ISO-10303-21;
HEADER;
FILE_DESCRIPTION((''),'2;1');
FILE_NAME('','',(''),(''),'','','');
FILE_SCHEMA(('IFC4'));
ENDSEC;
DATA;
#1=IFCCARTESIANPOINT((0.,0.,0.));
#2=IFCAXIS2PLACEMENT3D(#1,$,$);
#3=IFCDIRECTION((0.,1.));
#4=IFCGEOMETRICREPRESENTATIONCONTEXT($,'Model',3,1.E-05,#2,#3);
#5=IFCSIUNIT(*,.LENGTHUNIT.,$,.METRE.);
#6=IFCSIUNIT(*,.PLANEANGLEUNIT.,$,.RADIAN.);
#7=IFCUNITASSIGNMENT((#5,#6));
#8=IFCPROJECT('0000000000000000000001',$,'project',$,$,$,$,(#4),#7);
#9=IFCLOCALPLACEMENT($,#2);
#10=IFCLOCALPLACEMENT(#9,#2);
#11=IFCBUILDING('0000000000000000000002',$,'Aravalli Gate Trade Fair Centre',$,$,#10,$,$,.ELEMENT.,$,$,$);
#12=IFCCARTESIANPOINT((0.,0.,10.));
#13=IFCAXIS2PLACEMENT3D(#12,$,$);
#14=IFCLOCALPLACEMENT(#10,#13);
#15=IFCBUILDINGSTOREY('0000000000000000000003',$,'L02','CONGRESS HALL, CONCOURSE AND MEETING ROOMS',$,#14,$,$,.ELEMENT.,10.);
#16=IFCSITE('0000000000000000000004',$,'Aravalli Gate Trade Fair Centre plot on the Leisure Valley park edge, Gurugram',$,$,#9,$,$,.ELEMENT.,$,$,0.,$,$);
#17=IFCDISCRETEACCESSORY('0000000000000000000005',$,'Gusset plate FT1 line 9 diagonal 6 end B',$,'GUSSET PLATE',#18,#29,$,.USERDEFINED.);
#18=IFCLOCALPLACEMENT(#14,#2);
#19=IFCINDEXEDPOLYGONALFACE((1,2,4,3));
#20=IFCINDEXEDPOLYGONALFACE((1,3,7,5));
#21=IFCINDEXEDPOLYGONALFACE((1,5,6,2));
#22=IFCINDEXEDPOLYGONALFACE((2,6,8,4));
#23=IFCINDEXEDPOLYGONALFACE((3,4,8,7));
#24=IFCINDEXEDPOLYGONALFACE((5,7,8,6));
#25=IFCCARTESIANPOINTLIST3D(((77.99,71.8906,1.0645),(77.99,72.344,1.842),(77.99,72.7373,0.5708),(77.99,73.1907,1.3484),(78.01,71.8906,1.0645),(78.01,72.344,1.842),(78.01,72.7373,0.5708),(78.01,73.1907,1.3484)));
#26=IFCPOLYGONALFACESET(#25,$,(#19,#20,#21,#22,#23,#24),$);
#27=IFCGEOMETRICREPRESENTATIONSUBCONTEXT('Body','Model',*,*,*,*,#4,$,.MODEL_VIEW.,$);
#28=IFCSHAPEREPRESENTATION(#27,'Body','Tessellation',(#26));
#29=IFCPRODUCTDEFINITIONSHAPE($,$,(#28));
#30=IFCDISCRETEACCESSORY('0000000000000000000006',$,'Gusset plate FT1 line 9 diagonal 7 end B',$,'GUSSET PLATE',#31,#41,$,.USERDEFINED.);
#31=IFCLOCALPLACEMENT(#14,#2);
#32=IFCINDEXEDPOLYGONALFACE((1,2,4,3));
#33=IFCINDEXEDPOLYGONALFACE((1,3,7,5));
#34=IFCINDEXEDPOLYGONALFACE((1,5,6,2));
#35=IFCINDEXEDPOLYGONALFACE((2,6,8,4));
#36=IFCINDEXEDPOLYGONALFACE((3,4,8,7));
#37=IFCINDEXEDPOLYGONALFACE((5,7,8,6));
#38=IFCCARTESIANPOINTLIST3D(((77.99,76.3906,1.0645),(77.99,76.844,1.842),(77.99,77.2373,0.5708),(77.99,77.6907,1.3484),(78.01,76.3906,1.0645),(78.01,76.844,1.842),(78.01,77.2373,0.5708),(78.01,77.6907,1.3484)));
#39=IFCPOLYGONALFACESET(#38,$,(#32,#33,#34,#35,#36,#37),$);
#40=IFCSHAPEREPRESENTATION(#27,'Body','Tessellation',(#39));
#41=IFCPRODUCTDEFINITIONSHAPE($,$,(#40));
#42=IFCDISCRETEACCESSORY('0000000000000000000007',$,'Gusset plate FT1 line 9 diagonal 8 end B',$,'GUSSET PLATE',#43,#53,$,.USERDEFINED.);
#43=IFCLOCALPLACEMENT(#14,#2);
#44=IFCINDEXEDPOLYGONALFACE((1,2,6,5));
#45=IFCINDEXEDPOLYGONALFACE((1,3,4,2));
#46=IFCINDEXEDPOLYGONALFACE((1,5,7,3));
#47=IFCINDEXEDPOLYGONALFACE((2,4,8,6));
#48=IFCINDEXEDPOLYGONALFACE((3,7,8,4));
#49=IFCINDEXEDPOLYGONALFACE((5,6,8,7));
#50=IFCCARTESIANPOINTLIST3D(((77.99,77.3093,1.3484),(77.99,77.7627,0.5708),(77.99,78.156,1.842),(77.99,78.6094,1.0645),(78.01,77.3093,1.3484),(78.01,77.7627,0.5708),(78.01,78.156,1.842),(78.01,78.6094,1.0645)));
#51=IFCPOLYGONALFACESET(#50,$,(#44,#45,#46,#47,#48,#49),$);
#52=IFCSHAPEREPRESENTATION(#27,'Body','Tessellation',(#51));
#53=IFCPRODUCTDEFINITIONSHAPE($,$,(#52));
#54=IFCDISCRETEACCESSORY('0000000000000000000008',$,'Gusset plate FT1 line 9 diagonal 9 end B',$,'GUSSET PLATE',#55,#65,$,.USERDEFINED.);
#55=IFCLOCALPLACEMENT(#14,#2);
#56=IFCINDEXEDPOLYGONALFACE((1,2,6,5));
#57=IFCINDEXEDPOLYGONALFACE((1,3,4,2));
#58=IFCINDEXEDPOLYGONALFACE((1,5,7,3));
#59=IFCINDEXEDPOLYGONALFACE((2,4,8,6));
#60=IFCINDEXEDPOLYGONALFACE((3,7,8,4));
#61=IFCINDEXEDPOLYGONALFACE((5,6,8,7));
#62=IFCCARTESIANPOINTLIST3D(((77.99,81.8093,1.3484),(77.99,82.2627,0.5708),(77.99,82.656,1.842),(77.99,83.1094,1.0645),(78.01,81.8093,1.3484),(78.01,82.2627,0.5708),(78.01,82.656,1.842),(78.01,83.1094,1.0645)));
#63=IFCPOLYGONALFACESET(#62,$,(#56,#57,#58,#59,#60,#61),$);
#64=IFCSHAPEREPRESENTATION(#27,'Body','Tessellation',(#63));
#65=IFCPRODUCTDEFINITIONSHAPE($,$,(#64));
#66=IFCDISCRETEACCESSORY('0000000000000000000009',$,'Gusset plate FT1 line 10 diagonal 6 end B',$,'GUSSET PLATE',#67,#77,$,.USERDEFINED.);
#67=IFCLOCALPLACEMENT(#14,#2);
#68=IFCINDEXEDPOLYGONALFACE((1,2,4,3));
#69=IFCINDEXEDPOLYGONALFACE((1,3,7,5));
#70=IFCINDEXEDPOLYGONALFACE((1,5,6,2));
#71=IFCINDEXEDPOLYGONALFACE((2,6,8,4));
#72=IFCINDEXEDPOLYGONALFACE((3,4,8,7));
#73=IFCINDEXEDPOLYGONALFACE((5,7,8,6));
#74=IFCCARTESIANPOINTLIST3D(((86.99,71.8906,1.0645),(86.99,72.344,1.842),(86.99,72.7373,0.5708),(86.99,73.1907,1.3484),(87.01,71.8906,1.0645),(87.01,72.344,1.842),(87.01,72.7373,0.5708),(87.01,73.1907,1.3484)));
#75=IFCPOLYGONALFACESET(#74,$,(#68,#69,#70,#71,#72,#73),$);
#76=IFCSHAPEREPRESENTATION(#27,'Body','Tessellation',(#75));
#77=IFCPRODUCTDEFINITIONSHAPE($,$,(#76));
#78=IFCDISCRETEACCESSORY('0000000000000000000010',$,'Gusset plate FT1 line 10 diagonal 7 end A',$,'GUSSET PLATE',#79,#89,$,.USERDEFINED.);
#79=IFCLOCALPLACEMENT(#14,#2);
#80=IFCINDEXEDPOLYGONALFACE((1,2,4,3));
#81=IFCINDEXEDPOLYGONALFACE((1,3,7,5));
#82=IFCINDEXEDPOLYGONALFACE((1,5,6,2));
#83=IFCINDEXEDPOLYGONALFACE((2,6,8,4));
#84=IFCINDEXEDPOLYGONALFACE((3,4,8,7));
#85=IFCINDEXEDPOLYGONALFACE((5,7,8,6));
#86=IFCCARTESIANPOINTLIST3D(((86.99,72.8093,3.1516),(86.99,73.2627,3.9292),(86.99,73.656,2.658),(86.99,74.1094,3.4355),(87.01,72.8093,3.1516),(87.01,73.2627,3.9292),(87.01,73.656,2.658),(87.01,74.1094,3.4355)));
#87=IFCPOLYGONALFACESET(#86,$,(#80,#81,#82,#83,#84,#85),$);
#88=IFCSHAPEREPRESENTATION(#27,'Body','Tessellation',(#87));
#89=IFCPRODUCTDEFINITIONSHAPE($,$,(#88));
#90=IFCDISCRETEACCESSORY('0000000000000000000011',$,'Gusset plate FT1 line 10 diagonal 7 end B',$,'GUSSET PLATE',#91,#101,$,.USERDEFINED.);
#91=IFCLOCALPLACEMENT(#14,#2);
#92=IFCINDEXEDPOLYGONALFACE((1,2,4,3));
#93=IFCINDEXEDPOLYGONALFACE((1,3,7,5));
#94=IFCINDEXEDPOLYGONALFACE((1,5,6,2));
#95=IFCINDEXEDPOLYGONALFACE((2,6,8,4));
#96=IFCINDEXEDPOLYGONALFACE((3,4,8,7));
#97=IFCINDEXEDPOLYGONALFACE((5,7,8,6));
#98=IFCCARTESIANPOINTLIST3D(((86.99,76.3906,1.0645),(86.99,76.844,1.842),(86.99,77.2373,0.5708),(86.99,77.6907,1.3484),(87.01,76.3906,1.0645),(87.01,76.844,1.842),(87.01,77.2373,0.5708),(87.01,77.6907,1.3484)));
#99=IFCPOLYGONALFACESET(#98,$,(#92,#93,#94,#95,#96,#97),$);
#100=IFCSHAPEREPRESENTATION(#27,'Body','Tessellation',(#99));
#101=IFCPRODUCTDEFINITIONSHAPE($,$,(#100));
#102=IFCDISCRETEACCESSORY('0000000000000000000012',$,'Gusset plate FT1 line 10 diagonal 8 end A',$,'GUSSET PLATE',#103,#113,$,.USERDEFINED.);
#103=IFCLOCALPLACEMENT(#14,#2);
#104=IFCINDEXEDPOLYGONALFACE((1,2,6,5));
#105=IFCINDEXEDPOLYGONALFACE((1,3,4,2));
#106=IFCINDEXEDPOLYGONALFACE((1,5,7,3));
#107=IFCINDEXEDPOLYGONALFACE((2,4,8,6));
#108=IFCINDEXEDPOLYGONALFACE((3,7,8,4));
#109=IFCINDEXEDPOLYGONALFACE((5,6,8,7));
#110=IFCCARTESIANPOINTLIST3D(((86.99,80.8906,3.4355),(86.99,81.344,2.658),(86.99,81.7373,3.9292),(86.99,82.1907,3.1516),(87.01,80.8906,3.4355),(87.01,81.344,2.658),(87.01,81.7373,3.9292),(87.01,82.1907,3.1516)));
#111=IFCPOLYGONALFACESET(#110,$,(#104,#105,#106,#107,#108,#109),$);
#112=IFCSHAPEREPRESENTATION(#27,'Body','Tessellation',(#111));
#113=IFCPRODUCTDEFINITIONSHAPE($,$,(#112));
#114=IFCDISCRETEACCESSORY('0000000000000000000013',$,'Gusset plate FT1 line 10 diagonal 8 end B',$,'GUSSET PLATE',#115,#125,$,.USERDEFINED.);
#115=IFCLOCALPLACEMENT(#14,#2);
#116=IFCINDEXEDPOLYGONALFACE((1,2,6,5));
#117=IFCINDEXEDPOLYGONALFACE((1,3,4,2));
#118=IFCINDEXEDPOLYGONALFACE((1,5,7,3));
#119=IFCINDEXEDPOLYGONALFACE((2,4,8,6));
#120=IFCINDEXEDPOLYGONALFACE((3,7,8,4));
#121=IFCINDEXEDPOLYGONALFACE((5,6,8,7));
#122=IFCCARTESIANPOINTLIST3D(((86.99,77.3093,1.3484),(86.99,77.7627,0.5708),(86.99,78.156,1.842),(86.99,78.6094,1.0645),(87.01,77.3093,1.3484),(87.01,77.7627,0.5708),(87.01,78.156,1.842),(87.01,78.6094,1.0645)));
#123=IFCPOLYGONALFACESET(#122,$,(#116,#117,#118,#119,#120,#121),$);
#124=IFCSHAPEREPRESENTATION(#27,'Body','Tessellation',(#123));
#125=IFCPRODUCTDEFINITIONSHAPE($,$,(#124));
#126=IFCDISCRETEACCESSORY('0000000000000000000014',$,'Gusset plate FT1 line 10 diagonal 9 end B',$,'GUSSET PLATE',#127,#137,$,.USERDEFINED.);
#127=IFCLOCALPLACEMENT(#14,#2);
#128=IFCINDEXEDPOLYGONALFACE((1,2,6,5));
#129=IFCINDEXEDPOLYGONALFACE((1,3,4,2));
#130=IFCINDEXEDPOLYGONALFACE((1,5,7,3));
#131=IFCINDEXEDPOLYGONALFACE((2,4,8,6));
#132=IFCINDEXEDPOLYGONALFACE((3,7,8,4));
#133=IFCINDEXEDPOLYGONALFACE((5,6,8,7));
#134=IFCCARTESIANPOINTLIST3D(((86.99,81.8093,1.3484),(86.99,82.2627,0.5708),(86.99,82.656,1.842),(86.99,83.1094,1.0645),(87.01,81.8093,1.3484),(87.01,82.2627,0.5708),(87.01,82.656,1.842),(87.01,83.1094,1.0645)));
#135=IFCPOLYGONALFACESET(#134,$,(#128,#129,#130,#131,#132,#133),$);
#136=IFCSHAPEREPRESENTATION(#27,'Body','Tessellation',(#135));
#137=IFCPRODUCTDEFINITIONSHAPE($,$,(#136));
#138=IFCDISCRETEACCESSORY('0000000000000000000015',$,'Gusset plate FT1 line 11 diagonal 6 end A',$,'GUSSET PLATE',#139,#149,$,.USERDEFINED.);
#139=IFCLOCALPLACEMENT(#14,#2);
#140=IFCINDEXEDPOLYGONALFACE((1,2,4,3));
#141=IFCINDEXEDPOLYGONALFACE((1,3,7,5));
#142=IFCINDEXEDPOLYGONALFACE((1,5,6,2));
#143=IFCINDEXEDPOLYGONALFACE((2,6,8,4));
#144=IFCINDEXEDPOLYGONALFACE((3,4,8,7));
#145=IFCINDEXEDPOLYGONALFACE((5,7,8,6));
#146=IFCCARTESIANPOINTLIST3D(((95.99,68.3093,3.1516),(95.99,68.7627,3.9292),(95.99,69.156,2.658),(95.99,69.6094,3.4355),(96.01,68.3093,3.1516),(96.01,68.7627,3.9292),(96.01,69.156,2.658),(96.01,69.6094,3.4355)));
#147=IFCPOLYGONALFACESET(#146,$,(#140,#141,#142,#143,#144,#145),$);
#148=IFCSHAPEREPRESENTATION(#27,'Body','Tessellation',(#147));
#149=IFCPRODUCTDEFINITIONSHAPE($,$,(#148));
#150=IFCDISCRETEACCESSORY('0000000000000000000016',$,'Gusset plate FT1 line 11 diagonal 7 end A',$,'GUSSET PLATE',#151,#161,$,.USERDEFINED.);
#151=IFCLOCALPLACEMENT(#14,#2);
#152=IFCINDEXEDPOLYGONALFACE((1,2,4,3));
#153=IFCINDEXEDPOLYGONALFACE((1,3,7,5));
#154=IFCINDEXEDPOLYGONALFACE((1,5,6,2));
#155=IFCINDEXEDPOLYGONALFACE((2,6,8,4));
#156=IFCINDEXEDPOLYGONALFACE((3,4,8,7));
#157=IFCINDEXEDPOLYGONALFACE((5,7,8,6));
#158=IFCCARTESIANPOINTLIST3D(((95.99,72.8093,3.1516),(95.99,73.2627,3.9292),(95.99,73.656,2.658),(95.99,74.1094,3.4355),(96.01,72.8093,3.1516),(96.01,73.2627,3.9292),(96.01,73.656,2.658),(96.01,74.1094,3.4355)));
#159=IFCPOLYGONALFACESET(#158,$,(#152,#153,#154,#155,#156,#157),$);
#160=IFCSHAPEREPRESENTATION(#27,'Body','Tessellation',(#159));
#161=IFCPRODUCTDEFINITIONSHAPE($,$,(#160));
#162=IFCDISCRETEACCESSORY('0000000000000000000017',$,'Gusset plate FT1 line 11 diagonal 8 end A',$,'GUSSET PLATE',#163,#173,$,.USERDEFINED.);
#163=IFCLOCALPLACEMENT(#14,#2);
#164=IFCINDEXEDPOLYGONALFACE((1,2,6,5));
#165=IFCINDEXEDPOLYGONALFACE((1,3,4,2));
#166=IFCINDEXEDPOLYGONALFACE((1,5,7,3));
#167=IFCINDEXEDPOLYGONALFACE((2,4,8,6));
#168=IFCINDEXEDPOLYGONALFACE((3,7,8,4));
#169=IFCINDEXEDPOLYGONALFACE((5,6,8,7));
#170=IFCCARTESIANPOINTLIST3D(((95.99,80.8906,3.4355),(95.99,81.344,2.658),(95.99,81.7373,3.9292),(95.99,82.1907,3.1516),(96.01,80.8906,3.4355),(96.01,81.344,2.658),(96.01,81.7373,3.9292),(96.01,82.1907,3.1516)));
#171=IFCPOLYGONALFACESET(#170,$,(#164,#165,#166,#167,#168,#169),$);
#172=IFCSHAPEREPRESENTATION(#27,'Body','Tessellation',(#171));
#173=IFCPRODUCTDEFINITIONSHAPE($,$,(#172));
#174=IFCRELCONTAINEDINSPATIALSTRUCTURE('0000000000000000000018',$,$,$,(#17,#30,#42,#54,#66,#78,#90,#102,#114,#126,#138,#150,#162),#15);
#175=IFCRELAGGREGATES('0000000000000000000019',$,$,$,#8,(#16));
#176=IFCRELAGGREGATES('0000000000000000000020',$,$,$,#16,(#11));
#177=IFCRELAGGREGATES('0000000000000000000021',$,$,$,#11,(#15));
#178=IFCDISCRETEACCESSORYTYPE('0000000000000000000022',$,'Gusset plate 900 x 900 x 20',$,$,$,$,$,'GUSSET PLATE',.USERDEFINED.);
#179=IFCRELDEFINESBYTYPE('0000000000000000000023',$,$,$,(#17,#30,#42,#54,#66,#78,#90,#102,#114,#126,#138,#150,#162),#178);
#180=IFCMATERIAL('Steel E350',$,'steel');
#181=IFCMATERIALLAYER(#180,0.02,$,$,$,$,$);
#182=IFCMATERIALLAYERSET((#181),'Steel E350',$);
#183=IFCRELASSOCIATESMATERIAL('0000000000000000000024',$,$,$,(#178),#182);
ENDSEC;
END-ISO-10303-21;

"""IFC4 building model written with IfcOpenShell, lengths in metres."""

from ifc_helpers import new_model, si_unit, direction, frame, origin, place, context, subcontext, project, spatial, polyline, outline, extrude, material, layer, layer_set, type_object, element, save


model = new_model("IFC4")

# Units and contexts
model_context = context("Model", 3, precision=1e-05, world=origin(), true_north=direction((0.0, 1.0)))
body_context = subcontext(model_context, "Body", "Model", "MODEL_VIEW")
ifc_project = project(units=[si_unit("LENGTHUNIT", "METRE"), si_unit("PLANEANGLEUNIT", "RADIAN")], contexts=[model_context])

# Site, building, storey
site_placement = place(None, origin())
site = spatial("IfcSite", under=ifc_project, at=site_placement, Name="Aravalli Gate Trade Fair Centre plot on the Leisure Valley park edge, Gurugram", CompositionType="ELEMENT", RefElevation=0.0)
building_placement = place(site_placement, origin())
building = spatial("IfcBuilding", under=site, at=building_placement, Name="Aravalli Gate Trade Fair Centre", CompositionType="ELEMENT")
storey_placement = place(building_placement, frame((0.0, 0.0, 10.0)))
storey = spatial("IfcBuildingStorey", under=building, at=storey_placement, Name="L02", Description="CONGRESS HALL, CONCOURSE AND MEETING ROOMS", CompositionType="ELEMENT", Elevation=10.0)

# Shared definitions
ifc_material = material(Name="Steel E350", Category="steel")

# Discrete accessories
ifc_layer = layer(ifc_material, 0.02)
ifc_layer_set = layer_set([ifc_layer], Name="Steel E350")
discrete_accessory_type = type_object("IfcDiscreteAccessoryType", Name="Gusset plate 900 x 900 x 20", ElementType="GUSSET PLATE", PredefinedType="USERDEFINED", material=ifc_layer_set)
for number, where, z_axis, x_axis, name in (
    (1, (78.01, 71.8906, 1.0645), (1.0, 0.0, 0.0), (0.0, 0.863887, -0.503685), "Gusset plate FT1 line 9 diagonal 6 end B"),
    (2, (78.01, 76.3906, 1.0645), (1.0, 0.0, 0.0), (0.0, 0.863887, -0.503685), "Gusset plate FT1 line 9 diagonal 7 end B"),
):
    element("IfcDiscreteAccessory", number, at=place(storey_placement, frame(where, z_axis=z_axis, x_axis=x_axis)), inside=storey, type_object=discrete_accessory_type, Name=name, ObjectType="GUSSET PLATE", PredefinedType="USERDEFINED", context=body_context, shape_type="SweptSolid", body=[
        extrude(outline(polyline([(0.0, 0.0), (0.9801, 0.0), (0.9801, 0.9001), (0.0, 0.9001), (0.0, 0.0)])), origin(), (0.0, 0.0, -1.0), 0.02),
    ])
for number, where, z_axis, x_axis, name in (
    (3, (78.01, 78.156, 1.842), (1.0, 0.0, 0.0), (0.0, -0.863887, -0.503685), "Gusset plate FT1 line 9 diagonal 8 end B"),
    (4, (78.01, 82.656, 1.842), (1.0, 0.0, 0.0), (0.0, -0.863887, -0.503685), "Gusset plate FT1 line 9 diagonal 9 end B"),
):
    element("IfcDiscreteAccessory", number, at=place(storey_placement, frame(where, z_axis=z_axis, x_axis=x_axis)), inside=storey, type_object=discrete_accessory_type, Name=name, ObjectType="GUSSET PLATE", PredefinedType="USERDEFINED", context=body_context, shape_type="SweptSolid", body=[
        extrude(outline(polyline([(0.0, 0.0), (0.9801, 0.0), (0.9801, 0.9001), (0.0, 0.9001), (0.0, 0.0)])), origin(), (0.0, 0.0, -1.0), 0.02),
    ])
discrete_accessory_1_placement = place(storey_placement, frame((87.01, 71.8906, 1.0645), z_axis=(1.0, 0.0, 0.0), x_axis=(0.0, 0.863887, -0.503685)))
element("IfcDiscreteAccessory", 5, at=discrete_accessory_1_placement, inside=storey, type_object=discrete_accessory_type, Name="Gusset plate FT1 line 10 diagonal 6 end B", ObjectType="GUSSET PLATE", PredefinedType="USERDEFINED", context=body_context, shape_type="SweptSolid", body=[
    extrude(outline(polyline([(0.0, 0.0), (0.9801, 0.0), (0.9801, 0.9001), (0.0, 0.9001), (0.0, 0.0)])), origin(), (0.0, 0.0, -1.0), 0.02),
])
discrete_accessory_2_placement = place(storey_placement, frame((86.99, 73.656, 2.658), z_axis=(-1.0, 0.0, 0.0), x_axis=(0.0, -0.863887, 0.503685)))
element("IfcDiscreteAccessory", 6, at=discrete_accessory_2_placement, inside=storey, type_object=discrete_accessory_type, Name="Gusset plate FT1 line 10 diagonal 7 end A", ObjectType="GUSSET PLATE", PredefinedType="USERDEFINED", context=body_context, shape_type="SweptSolid", body=[
    extrude(outline(polyline([(0.0, 0.0), (0.9801, 0.0), (0.9801, 0.9001), (0.0, 0.9001), (0.0, 0.0)])), origin(), (0.0, 0.0, -1.0), 0.02),
])
for number, where, z_axis, x_axis, name in (
    (7, (87.01, 76.3906, 1.0645), (1.0, 0.0, 0.0), (0.0, 0.863887, -0.503685), "Gusset plate FT1 line 10 diagonal 7 end B"),
    (8, (86.99, 80.8906, 3.4355), (-1.0, 0.0, 0.0), (0.0, 0.863887, 0.503685), "Gusset plate FT1 line 10 diagonal 8 end A"),
):
    element("IfcDiscreteAccessory", number, at=place(storey_placement, frame(where, z_axis=z_axis, x_axis=x_axis)), inside=storey, type_object=discrete_accessory_type, Name=name, ObjectType="GUSSET PLATE", PredefinedType="USERDEFINED", context=body_context, shape_type="SweptSolid", body=[
        extrude(outline(polyline([(0.0, 0.0), (0.9801, 0.0), (0.9801, 0.9001), (0.0, 0.9001), (0.0, 0.0)])), origin(), (0.0, 0.0, -1.0), 0.02),
    ])
for number, where, z_axis, x_axis, name in (
    (9, (87.01, 78.156, 1.842), (1.0, 0.0, 0.0), (0.0, -0.863887, -0.503685), "Gusset plate FT1 line 10 diagonal 8 end B"),
    (10, (87.01, 82.656, 1.842), (1.0, 0.0, 0.0), (0.0, -0.863887, -0.503685), "Gusset plate FT1 line 10 diagonal 9 end B"),
    (11, (95.99, 69.156, 2.658), (-1.0, 0.0, 0.0), (0.0, -0.863887, 0.503685), "Gusset plate FT1 line 11 diagonal 6 end A"),
    (12, (95.99, 73.656, 2.658), (-1.0, 0.0, 0.0), (0.0, -0.863887, 0.503685), "Gusset plate FT1 line 11 diagonal 7 end A"),
):
    element("IfcDiscreteAccessory", number, at=place(storey_placement, frame(where, z_axis=z_axis, x_axis=x_axis)), inside=storey, type_object=discrete_accessory_type, Name=name, ObjectType="GUSSET PLATE", PredefinedType="USERDEFINED", context=body_context, shape_type="SweptSolid", body=[
        extrude(outline(polyline([(0.0, 0.0), (0.9801, 0.0), (0.9801, 0.9001), (0.0, 0.9001), (0.0, 0.0)])), origin(), (0.0, 0.0, -1.0), 0.02),
    ])
discrete_accessory_3_placement = place(storey_placement, frame((95.99, 80.8906, 3.4355), z_axis=(-1.0, 0.0, 0.0), x_axis=(0.0, 0.863887, 0.503685)))
element("IfcDiscreteAccessory", 13, at=discrete_accessory_3_placement, inside=storey, type_object=discrete_accessory_type, Name="Gusset plate FT1 line 11 diagonal 8 end A", ObjectType="GUSSET PLATE", PredefinedType="USERDEFINED", context=body_context, shape_type="SweptSolid", body=[
    extrude(outline(polyline([(0.0, 0.0), (0.9801, 0.0), (0.9801, 0.9001), (0.0, 0.9001), (0.0, 0.0)])), origin(), (0.0, 0.0, -1.0), 0.02),
])

save(model, "model.ifc")
